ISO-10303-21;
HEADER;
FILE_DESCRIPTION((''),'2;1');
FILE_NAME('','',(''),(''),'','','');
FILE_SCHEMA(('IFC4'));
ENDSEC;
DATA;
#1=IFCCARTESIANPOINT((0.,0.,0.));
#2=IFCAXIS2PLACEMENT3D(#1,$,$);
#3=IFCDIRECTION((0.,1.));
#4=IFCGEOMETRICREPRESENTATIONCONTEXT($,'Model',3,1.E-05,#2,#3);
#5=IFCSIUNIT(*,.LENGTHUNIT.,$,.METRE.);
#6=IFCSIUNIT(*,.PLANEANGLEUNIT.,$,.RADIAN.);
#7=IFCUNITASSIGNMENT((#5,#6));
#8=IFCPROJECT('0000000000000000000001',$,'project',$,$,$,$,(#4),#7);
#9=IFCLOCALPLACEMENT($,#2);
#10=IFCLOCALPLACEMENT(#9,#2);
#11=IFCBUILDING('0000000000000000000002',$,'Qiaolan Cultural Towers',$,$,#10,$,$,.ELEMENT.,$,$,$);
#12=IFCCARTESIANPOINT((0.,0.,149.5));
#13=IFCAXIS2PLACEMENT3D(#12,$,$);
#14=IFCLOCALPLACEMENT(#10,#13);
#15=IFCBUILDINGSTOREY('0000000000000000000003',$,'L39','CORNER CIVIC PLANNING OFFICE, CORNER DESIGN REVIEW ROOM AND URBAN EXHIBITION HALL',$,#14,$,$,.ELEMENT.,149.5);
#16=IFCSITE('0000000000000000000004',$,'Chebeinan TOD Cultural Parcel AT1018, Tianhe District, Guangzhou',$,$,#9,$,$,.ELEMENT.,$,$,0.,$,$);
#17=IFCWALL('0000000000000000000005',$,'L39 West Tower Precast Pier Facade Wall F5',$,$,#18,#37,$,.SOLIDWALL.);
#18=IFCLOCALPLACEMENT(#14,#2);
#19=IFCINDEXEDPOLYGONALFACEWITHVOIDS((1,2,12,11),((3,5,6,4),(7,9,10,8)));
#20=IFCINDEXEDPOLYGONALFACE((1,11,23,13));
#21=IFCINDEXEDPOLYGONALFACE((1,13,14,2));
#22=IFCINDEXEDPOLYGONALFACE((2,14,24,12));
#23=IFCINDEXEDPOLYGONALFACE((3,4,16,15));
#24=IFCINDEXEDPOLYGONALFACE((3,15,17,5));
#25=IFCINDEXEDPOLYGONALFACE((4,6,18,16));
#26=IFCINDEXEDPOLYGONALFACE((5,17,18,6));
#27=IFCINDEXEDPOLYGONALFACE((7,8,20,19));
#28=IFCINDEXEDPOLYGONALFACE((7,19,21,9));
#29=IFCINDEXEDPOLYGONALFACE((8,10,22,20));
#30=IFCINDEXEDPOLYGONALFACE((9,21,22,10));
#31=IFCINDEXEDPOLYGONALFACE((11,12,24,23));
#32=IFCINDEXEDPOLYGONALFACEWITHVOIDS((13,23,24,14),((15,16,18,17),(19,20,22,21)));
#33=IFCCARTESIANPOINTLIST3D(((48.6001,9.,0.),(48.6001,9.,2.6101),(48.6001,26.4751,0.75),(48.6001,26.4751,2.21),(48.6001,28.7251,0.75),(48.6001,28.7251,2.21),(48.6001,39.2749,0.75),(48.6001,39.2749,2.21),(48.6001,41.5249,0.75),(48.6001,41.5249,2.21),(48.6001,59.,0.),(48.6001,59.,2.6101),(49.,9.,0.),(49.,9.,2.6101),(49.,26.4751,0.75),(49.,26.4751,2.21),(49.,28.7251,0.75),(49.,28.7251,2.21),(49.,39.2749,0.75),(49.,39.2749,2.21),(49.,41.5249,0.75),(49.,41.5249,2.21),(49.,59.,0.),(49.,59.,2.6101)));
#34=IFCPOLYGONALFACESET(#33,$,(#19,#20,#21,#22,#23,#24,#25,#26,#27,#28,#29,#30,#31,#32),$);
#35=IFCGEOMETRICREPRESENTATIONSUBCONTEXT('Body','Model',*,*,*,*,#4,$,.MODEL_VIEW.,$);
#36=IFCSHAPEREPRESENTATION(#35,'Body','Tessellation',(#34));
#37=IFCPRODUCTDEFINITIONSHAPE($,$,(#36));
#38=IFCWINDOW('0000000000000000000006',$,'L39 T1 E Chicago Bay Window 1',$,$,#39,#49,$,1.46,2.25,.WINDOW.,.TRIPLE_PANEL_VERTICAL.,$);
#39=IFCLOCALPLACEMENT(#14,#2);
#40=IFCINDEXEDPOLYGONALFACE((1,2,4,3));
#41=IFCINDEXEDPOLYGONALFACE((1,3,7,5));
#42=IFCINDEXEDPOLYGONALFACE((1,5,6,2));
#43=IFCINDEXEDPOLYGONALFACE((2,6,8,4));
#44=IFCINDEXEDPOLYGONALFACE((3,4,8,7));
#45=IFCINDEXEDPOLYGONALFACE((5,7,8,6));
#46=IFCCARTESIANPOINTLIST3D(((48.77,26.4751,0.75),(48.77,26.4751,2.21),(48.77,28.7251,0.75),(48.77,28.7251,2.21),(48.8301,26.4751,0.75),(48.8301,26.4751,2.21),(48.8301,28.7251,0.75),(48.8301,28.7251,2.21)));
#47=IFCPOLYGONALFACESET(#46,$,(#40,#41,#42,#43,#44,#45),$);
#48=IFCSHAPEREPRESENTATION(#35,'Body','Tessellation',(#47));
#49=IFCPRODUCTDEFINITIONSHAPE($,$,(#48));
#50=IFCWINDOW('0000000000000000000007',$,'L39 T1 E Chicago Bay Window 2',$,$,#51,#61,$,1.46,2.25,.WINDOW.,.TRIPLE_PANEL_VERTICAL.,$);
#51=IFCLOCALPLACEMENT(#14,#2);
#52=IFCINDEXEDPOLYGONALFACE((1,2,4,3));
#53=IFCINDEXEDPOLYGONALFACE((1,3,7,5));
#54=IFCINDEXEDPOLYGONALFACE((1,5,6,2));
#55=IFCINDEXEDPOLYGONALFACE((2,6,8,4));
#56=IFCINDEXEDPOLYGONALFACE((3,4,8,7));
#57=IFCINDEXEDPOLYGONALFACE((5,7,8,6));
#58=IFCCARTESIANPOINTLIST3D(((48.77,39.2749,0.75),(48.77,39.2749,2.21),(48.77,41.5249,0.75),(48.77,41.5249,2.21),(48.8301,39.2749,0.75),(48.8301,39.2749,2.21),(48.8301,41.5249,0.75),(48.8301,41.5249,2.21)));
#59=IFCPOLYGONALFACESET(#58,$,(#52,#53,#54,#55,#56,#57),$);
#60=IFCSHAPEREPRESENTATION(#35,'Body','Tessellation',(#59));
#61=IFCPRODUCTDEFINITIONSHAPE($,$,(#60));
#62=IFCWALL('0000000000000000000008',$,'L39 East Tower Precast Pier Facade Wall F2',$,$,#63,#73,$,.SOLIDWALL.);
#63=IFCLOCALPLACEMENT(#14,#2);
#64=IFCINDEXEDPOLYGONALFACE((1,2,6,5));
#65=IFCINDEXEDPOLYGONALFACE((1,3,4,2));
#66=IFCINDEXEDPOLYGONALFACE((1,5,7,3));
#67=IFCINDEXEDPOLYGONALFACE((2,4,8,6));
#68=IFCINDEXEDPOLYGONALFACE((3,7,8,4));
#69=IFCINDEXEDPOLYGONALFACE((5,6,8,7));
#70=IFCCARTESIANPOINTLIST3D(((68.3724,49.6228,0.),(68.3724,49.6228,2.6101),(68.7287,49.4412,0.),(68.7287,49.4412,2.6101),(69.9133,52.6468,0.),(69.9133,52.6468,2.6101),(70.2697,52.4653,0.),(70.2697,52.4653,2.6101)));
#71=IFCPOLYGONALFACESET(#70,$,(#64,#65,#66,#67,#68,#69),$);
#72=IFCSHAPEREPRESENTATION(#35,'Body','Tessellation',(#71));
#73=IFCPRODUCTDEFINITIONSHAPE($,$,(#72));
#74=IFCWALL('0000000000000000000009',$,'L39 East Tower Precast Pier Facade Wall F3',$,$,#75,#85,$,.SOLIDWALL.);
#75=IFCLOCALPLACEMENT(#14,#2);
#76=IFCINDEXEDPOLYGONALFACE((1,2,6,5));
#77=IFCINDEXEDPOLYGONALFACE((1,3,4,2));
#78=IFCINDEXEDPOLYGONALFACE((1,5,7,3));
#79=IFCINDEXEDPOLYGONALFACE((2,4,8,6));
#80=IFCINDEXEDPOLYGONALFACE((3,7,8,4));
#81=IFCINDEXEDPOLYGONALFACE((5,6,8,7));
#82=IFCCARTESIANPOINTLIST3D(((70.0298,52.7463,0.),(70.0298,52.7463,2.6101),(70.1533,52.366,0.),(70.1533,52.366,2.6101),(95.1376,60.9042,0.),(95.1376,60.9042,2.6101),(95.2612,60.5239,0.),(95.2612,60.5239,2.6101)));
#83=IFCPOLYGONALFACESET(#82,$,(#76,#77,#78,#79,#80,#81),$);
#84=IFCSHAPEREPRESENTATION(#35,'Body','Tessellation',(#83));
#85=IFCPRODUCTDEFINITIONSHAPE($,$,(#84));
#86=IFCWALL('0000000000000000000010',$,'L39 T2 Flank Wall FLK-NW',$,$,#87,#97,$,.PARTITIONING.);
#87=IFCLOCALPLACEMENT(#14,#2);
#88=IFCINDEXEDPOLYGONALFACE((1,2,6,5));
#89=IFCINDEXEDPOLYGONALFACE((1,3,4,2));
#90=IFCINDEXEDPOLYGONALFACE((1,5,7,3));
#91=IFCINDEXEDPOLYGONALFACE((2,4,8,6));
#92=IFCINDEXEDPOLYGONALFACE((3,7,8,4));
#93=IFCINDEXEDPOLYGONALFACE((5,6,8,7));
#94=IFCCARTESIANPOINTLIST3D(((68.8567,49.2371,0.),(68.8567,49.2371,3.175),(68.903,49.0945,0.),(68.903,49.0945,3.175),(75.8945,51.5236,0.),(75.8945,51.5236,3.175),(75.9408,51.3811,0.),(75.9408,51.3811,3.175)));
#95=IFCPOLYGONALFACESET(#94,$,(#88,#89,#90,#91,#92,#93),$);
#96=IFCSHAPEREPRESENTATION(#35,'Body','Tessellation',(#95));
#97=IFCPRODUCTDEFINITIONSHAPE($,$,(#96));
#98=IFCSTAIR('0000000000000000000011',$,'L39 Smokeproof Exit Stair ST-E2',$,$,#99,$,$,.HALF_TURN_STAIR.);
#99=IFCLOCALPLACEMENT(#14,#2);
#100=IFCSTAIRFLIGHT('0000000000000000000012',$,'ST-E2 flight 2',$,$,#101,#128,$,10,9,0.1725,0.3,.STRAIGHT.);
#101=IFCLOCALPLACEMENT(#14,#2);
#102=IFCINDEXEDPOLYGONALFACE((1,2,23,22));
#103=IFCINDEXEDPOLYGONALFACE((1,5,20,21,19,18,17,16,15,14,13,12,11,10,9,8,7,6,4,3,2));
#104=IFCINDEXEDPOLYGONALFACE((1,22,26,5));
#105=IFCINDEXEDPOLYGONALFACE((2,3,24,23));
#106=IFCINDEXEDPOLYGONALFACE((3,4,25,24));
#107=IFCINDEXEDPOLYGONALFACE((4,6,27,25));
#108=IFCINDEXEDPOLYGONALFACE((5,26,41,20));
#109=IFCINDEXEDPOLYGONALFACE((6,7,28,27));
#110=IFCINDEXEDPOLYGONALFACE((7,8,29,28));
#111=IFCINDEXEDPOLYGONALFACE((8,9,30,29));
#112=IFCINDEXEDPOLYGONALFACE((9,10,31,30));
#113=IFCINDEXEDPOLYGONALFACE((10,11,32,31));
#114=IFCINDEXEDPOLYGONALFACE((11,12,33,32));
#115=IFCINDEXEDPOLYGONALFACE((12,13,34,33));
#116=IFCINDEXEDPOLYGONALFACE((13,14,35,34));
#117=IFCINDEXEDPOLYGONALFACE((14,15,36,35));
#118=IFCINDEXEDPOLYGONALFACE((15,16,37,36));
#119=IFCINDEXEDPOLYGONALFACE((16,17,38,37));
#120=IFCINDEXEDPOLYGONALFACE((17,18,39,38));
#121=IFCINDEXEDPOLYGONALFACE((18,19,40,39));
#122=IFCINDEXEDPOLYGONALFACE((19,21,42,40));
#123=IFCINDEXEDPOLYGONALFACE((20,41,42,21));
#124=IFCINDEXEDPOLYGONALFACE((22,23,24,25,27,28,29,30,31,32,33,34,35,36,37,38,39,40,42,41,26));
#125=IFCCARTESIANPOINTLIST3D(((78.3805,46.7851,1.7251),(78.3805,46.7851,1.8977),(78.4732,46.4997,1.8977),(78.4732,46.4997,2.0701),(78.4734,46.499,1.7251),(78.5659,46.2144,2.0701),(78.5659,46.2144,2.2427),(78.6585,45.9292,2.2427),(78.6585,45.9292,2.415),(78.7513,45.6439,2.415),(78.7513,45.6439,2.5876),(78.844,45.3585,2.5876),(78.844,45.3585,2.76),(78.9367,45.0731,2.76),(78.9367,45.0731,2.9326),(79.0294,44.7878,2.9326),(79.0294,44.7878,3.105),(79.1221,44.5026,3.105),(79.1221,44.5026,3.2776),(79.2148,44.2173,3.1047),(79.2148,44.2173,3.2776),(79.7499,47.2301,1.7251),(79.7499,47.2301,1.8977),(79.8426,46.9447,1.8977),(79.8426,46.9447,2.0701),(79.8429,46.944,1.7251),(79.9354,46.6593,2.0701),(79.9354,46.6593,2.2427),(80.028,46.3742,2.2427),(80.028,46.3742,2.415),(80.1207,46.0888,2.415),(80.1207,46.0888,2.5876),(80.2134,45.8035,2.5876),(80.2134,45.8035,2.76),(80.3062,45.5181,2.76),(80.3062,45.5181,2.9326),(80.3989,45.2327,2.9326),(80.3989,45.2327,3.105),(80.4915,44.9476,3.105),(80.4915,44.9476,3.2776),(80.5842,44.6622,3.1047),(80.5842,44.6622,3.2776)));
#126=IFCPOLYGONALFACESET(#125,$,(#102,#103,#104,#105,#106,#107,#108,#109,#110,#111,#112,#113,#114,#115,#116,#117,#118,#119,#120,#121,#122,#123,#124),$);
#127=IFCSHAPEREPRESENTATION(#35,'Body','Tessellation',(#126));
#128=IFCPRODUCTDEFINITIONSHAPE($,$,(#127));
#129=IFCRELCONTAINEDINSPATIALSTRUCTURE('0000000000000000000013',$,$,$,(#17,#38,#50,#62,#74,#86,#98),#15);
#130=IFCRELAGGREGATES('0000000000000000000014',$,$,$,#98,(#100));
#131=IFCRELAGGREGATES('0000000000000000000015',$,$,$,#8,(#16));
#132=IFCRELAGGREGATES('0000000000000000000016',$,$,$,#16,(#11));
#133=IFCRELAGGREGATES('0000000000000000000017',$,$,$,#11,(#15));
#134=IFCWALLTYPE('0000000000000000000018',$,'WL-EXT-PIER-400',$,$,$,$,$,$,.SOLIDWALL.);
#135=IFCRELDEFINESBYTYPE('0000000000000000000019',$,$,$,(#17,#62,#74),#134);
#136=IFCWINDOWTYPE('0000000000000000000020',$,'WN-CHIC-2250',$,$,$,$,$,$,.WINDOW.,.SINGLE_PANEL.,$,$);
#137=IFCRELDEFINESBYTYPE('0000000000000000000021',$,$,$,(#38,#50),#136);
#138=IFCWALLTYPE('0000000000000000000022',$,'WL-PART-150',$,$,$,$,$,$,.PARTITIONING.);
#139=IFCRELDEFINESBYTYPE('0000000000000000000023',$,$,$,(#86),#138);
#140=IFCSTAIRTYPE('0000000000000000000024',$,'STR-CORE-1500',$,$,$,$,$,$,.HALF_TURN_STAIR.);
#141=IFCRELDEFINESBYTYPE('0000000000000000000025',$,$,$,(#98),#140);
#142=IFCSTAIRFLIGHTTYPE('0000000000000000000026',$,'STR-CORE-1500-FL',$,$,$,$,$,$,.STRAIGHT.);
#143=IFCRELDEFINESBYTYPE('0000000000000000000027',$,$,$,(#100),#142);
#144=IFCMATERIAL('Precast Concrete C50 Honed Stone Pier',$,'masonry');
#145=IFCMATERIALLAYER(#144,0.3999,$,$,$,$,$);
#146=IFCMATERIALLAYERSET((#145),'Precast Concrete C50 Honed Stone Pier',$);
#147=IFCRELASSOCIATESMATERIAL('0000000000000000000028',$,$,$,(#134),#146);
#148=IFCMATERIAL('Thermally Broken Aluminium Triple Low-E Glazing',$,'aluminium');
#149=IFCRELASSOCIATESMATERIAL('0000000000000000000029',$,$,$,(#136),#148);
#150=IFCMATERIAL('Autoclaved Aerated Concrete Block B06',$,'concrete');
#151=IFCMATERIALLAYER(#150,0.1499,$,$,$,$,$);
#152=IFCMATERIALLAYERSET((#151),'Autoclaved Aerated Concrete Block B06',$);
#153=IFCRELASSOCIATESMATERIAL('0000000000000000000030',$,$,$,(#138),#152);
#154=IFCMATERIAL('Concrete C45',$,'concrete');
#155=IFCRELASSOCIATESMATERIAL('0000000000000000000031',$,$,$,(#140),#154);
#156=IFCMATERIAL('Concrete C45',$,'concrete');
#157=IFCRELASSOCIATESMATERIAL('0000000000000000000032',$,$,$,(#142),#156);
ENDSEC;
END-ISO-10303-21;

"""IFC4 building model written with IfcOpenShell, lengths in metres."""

from ifc_helpers import new_model, si_unit, direction, frame, frame_2d, origin, place, context, subcontext, project, spatial, polyline, rectangle, outline, extrude, material, layer, layer_set, type_object, element, fill, aggregate, save


model = new_model("IFC4")

# Units and contexts
model_context = context("Model", 3, precision=1e-05, world=origin(), true_north=direction((0.0, 1.0)))
body_context = subcontext(model_context, "Body", "Model", "MODEL_VIEW")
ifc_project = project(units=[si_unit("LENGTHUNIT", "METRE"), si_unit("PLANEANGLEUNIT", "RADIAN")], contexts=[model_context])

# Site, building, storey
site_placement = place(None, origin())
site = spatial("IfcSite", under=ifc_project, at=site_placement, Name="Chebeinan TOD Cultural Parcel AT1018, Tianhe District, Guangzhou", CompositionType="ELEMENT", RefElevation=0.0)
building_placement = place(site_placement, origin())
building = spatial("IfcBuilding", under=site, at=building_placement, Name="Qiaolan Cultural Towers", CompositionType="ELEMENT")
storey_placement = place(building_placement, frame((0.0, 0.0, 149.5)))
storey = spatial("IfcBuildingStorey", under=building, at=storey_placement, Name="L39", Description="CORNER CIVIC PLANNING OFFICE, CORNER DESIGN REVIEW ROOM AND URBAN EXHIBITION HALL", CompositionType="ELEMENT", Elevation=149.5)

# Wall, openings, windows
ifc_material_1 = material(Name="Precast Concrete C50 Honed Stone Pier", Category="masonry")
ifc_layer_1 = layer(ifc_material_1, 0.3999)
ifc_layer_set_1 = layer_set([ifc_layer_1], Name="Precast Concrete C50 Honed Stone Pier")
wall_type_1 = type_object("IfcWallType", Name="WL-EXT-PIER-400", PredefinedType="SOLIDWALL", material=ifc_layer_set_1)
wall_1_placement = place(storey_placement, frame((48.8, 59.0, 0.0), z_axis=(0.0, 0.0, 1.0), x_axis=(0.0, -1.0, 0.0)))
wall_1 = element("IfcWall", 1, at=wall_1_placement, inside=storey, type_object=wall_type_1, Name="L39 West Tower Precast Pier Facade Wall F5", PredefinedType="SOLIDWALL", context=body_context, shape_type="SweptSolid", body=[
    extrude(rectangle(XDim=50.0, YDim=0.3999, at=frame_2d((25.0, 0.0))), origin(), (0.0, 0.0, 1.0), 2.6101),
])
opening_1_placement = place(wall_1_placement, frame((30.2749, 0.0, 0.75)))
opening_1 = element("IfcOpeningElement", 2, at=opening_1_placement, cuts=wall_1, PredefinedType="OPENING", context=body_context, shape_type="SweptSolid", body=[
    extrude(rectangle(XDim=2.25, YDim=1.46, at=frame_2d((1.125, 0.73))), frame((0.0, 0.21, 0.0), z_axis=(0.0, -1.0, 0.0), x_axis=(1.0, 0.0, 0.0)), (0.0, 0.0, 1.0), 0.4199),
])
opening_2_placement = place(wall_1_placement, frame((17.4751, 0.0, 0.75)))
opening_2 = element("IfcOpeningElement", 3, at=opening_2_placement, cuts=wall_1, PredefinedType="OPENING", context=body_context, shape_type="SweptSolid", body=[
    extrude(rectangle(XDim=2.25, YDim=1.46, at=frame_2d((1.125, 0.73))), frame((0.0, 0.21, 0.0), z_axis=(0.0, -1.0, 0.0), x_axis=(1.0, 0.0, 0.0)), (0.0, 0.0, 1.0), 0.4199),
])
ifc_material_2 = material(Name="Thermally Broken Aluminium Triple Low-E Glazing", Category="aluminium")
window_type = type_object("IfcWindowType", Name="WN-CHIC-2250", PartitioningType="SINGLE_PANEL", PredefinedType="WINDOW", material=ifc_material_2)
window_1_placement = place(opening_1_placement, origin())
window_1 = element("IfcWindow", 4, at=window_1_placement, inside=storey, type_object=window_type, Name="L39 T1 E Chicago Bay Window 1", OverallHeight=1.46, OverallWidth=2.25, PartitioningType="TRIPLE_PANEL_VERTICAL", PredefinedType="WINDOW", context=body_context, shape_type="SweptSolid", body=[
    extrude(rectangle(XDim=2.25, YDim=1.46, at=frame_2d((1.125, 0.73))), frame((0.0, 0.03, 0.0), z_axis=(0.0, -1.0, 0.0), x_axis=(1.0, 0.0, 0.0)), (0.0, 0.0, 1.0), 0.0601),
])
fill(opening_1, window_1)
window_2_placement = place(opening_2_placement, origin())
window_2 = element("IfcWindow", 5, at=window_2_placement, inside=storey, type_object=window_type, Name="L39 T1 E Chicago Bay Window 2", OverallHeight=1.46, OverallWidth=2.25, PartitioningType="TRIPLE_PANEL_VERTICAL", PredefinedType="WINDOW", context=body_context, shape_type="SweptSolid", body=[
    extrude(rectangle(XDim=2.25, YDim=1.46, at=frame_2d((1.125, 0.73))), frame((0.0, 0.03, 0.0), z_axis=(0.0, -1.0, 0.0), x_axis=(1.0, 0.0, 0.0)), (0.0, 0.0, 1.0), 0.0601),
])
fill(opening_2, window_2)

# Walls
wall_2_placement = place(storey_placement, frame((68.5505, 49.532, 0.0), z_axis=(0.0, 0.0, 1.0), x_axis=(0.45402, 0.890992, 0.0)))
element("IfcWall", 6, at=wall_2_placement, inside=storey, type_object=wall_type_1, Name="L39 East Tower Precast Pier Facade Wall F2", PredefinedType="SOLIDWALL", context=body_context, shape_type="SweptSolid", body=[
    extrude(rectangle(XDim=3.394, YDim=0.3999, at=frame_2d((1.697, 0.0))), origin(), (0.0, 0.0, 1.0), 2.6101),
])
wall_3_placement = place(storey_placement, frame((70.0916, 52.5562, 0.0), z_axis=(0.0, 0.0, 1.0), x_axis=(0.951058, 0.309014, 0.0)))
element("IfcWall", 7, at=wall_3_placement, inside=storey, type_object=wall_type_1, Name="L39 East Tower Precast Pier Facade Wall F3", PredefinedType="SOLIDWALL", context=body_context, shape_type="SweptSolid", body=[
    extrude(rectangle(XDim=26.3999, YDim=0.3999, at=frame_2d((13.2, 0.0))), origin(), (0.0, 0.0, 1.0), 2.6101),
])
ifc_material_3 = material(Name="Autoclaved Aerated Concrete Block B06", Category="concrete")
ifc_layer_2 = layer(ifc_material_3, 0.1499)
ifc_layer_set_2 = layer_set([ifc_layer_2], Name="Autoclaved Aerated Concrete Block B06")
wall_type_2 = type_object("IfcWallType", Name="WL-PART-150", PredefinedType="PARTITIONING", material=ifc_layer_set_2)
wall_4_placement = place(storey_placement, frame((68.8799, 49.1658, 0.0), z_axis=(0.0, 0.0, 1.0), x_axis=(0.951061, 0.309003, 0.0)))
element("IfcWall", 8, at=wall_4_placement, inside=storey, type_object=wall_type_2, Name="L39 T2 Flank Wall FLK-NW", PredefinedType="PARTITIONING", context=body_context, shape_type="SweptSolid", body=[
    extrude(rectangle(XDim=7.3999, YDim=0.1499, at=frame_2d((3.7, 0.0))), origin(), (0.0, 0.0, 1.0), 3.175),
])

# Stair, stair flight
ifc_material_4 = material(Name="Concrete C45", Category="concrete")
stair_type = type_object("IfcStairType", Name="STR-CORE-1500", PredefinedType="HALF_TURN_STAIR", material=ifc_material_4)
stair_placement = place(storey_placement, origin())
stair = element("IfcStair", 9, at=stair_placement, inside=storey, type_object=stair_type, Name="L39 Smokeproof Exit Stair ST-E2", PredefinedType="HALF_TURN_STAIR")
ifc_material_5 = material(Name="Concrete C45", Category="concrete")
stair_flight_type = type_object("IfcStairFlightType", Name="STR-CORE-1500-FL", PredefinedType="STRAIGHT", material=ifc_material_5)
stair_flight_placement = place(storey_placement, frame((79.0652, 47.0076, 1.7251), z_axis=(0.0, 0.0, 1.0), x_axis=(0.309017, -0.951057, 0.0)))
stair_flight = element("IfcStairFlight", 10, at=stair_flight_placement, type_object=stair_flight_type, Name="ST-E2 flight 2", NumberOfRisers=10, NumberOfTreads=9, PredefinedType="STRAIGHT", RiserHeight=0.1725, TreadLength=0.3, context=body_context, shape_type="SweptSolid", body=[
    extrude(outline(polyline([(0.0, 0.0), (0.0, 0.1726), (0.3, 0.1726), (0.3, 0.345), (0.6001, 0.345), (0.6001, 0.5176), (0.8999, 0.5176), (0.8999, 0.6899), (1.2, 0.6899), (1.2, 0.8625), (1.5, 0.8625), (1.5, 1.0349), (1.8, 1.0349), (1.8, 1.2075), (2.1001, 1.2075), (2.1001, 1.3799), (2.3999, 1.3799), (2.3999, 1.5525), (2.7, 1.5525), (2.7, 1.7251), (2.7, 1.3796), (0.3008, 0.0), (0.0, 0.0)])), frame((0.0, 0.72, 0.0), z_axis=(0.0, -1.0, 0.0), x_axis=(1.0, 0.0, 0.0)), (0.0, 0.0, 1.0), 1.4399),
])
aggregate(stair, [stair_flight])

save(model, "model.ifc")
